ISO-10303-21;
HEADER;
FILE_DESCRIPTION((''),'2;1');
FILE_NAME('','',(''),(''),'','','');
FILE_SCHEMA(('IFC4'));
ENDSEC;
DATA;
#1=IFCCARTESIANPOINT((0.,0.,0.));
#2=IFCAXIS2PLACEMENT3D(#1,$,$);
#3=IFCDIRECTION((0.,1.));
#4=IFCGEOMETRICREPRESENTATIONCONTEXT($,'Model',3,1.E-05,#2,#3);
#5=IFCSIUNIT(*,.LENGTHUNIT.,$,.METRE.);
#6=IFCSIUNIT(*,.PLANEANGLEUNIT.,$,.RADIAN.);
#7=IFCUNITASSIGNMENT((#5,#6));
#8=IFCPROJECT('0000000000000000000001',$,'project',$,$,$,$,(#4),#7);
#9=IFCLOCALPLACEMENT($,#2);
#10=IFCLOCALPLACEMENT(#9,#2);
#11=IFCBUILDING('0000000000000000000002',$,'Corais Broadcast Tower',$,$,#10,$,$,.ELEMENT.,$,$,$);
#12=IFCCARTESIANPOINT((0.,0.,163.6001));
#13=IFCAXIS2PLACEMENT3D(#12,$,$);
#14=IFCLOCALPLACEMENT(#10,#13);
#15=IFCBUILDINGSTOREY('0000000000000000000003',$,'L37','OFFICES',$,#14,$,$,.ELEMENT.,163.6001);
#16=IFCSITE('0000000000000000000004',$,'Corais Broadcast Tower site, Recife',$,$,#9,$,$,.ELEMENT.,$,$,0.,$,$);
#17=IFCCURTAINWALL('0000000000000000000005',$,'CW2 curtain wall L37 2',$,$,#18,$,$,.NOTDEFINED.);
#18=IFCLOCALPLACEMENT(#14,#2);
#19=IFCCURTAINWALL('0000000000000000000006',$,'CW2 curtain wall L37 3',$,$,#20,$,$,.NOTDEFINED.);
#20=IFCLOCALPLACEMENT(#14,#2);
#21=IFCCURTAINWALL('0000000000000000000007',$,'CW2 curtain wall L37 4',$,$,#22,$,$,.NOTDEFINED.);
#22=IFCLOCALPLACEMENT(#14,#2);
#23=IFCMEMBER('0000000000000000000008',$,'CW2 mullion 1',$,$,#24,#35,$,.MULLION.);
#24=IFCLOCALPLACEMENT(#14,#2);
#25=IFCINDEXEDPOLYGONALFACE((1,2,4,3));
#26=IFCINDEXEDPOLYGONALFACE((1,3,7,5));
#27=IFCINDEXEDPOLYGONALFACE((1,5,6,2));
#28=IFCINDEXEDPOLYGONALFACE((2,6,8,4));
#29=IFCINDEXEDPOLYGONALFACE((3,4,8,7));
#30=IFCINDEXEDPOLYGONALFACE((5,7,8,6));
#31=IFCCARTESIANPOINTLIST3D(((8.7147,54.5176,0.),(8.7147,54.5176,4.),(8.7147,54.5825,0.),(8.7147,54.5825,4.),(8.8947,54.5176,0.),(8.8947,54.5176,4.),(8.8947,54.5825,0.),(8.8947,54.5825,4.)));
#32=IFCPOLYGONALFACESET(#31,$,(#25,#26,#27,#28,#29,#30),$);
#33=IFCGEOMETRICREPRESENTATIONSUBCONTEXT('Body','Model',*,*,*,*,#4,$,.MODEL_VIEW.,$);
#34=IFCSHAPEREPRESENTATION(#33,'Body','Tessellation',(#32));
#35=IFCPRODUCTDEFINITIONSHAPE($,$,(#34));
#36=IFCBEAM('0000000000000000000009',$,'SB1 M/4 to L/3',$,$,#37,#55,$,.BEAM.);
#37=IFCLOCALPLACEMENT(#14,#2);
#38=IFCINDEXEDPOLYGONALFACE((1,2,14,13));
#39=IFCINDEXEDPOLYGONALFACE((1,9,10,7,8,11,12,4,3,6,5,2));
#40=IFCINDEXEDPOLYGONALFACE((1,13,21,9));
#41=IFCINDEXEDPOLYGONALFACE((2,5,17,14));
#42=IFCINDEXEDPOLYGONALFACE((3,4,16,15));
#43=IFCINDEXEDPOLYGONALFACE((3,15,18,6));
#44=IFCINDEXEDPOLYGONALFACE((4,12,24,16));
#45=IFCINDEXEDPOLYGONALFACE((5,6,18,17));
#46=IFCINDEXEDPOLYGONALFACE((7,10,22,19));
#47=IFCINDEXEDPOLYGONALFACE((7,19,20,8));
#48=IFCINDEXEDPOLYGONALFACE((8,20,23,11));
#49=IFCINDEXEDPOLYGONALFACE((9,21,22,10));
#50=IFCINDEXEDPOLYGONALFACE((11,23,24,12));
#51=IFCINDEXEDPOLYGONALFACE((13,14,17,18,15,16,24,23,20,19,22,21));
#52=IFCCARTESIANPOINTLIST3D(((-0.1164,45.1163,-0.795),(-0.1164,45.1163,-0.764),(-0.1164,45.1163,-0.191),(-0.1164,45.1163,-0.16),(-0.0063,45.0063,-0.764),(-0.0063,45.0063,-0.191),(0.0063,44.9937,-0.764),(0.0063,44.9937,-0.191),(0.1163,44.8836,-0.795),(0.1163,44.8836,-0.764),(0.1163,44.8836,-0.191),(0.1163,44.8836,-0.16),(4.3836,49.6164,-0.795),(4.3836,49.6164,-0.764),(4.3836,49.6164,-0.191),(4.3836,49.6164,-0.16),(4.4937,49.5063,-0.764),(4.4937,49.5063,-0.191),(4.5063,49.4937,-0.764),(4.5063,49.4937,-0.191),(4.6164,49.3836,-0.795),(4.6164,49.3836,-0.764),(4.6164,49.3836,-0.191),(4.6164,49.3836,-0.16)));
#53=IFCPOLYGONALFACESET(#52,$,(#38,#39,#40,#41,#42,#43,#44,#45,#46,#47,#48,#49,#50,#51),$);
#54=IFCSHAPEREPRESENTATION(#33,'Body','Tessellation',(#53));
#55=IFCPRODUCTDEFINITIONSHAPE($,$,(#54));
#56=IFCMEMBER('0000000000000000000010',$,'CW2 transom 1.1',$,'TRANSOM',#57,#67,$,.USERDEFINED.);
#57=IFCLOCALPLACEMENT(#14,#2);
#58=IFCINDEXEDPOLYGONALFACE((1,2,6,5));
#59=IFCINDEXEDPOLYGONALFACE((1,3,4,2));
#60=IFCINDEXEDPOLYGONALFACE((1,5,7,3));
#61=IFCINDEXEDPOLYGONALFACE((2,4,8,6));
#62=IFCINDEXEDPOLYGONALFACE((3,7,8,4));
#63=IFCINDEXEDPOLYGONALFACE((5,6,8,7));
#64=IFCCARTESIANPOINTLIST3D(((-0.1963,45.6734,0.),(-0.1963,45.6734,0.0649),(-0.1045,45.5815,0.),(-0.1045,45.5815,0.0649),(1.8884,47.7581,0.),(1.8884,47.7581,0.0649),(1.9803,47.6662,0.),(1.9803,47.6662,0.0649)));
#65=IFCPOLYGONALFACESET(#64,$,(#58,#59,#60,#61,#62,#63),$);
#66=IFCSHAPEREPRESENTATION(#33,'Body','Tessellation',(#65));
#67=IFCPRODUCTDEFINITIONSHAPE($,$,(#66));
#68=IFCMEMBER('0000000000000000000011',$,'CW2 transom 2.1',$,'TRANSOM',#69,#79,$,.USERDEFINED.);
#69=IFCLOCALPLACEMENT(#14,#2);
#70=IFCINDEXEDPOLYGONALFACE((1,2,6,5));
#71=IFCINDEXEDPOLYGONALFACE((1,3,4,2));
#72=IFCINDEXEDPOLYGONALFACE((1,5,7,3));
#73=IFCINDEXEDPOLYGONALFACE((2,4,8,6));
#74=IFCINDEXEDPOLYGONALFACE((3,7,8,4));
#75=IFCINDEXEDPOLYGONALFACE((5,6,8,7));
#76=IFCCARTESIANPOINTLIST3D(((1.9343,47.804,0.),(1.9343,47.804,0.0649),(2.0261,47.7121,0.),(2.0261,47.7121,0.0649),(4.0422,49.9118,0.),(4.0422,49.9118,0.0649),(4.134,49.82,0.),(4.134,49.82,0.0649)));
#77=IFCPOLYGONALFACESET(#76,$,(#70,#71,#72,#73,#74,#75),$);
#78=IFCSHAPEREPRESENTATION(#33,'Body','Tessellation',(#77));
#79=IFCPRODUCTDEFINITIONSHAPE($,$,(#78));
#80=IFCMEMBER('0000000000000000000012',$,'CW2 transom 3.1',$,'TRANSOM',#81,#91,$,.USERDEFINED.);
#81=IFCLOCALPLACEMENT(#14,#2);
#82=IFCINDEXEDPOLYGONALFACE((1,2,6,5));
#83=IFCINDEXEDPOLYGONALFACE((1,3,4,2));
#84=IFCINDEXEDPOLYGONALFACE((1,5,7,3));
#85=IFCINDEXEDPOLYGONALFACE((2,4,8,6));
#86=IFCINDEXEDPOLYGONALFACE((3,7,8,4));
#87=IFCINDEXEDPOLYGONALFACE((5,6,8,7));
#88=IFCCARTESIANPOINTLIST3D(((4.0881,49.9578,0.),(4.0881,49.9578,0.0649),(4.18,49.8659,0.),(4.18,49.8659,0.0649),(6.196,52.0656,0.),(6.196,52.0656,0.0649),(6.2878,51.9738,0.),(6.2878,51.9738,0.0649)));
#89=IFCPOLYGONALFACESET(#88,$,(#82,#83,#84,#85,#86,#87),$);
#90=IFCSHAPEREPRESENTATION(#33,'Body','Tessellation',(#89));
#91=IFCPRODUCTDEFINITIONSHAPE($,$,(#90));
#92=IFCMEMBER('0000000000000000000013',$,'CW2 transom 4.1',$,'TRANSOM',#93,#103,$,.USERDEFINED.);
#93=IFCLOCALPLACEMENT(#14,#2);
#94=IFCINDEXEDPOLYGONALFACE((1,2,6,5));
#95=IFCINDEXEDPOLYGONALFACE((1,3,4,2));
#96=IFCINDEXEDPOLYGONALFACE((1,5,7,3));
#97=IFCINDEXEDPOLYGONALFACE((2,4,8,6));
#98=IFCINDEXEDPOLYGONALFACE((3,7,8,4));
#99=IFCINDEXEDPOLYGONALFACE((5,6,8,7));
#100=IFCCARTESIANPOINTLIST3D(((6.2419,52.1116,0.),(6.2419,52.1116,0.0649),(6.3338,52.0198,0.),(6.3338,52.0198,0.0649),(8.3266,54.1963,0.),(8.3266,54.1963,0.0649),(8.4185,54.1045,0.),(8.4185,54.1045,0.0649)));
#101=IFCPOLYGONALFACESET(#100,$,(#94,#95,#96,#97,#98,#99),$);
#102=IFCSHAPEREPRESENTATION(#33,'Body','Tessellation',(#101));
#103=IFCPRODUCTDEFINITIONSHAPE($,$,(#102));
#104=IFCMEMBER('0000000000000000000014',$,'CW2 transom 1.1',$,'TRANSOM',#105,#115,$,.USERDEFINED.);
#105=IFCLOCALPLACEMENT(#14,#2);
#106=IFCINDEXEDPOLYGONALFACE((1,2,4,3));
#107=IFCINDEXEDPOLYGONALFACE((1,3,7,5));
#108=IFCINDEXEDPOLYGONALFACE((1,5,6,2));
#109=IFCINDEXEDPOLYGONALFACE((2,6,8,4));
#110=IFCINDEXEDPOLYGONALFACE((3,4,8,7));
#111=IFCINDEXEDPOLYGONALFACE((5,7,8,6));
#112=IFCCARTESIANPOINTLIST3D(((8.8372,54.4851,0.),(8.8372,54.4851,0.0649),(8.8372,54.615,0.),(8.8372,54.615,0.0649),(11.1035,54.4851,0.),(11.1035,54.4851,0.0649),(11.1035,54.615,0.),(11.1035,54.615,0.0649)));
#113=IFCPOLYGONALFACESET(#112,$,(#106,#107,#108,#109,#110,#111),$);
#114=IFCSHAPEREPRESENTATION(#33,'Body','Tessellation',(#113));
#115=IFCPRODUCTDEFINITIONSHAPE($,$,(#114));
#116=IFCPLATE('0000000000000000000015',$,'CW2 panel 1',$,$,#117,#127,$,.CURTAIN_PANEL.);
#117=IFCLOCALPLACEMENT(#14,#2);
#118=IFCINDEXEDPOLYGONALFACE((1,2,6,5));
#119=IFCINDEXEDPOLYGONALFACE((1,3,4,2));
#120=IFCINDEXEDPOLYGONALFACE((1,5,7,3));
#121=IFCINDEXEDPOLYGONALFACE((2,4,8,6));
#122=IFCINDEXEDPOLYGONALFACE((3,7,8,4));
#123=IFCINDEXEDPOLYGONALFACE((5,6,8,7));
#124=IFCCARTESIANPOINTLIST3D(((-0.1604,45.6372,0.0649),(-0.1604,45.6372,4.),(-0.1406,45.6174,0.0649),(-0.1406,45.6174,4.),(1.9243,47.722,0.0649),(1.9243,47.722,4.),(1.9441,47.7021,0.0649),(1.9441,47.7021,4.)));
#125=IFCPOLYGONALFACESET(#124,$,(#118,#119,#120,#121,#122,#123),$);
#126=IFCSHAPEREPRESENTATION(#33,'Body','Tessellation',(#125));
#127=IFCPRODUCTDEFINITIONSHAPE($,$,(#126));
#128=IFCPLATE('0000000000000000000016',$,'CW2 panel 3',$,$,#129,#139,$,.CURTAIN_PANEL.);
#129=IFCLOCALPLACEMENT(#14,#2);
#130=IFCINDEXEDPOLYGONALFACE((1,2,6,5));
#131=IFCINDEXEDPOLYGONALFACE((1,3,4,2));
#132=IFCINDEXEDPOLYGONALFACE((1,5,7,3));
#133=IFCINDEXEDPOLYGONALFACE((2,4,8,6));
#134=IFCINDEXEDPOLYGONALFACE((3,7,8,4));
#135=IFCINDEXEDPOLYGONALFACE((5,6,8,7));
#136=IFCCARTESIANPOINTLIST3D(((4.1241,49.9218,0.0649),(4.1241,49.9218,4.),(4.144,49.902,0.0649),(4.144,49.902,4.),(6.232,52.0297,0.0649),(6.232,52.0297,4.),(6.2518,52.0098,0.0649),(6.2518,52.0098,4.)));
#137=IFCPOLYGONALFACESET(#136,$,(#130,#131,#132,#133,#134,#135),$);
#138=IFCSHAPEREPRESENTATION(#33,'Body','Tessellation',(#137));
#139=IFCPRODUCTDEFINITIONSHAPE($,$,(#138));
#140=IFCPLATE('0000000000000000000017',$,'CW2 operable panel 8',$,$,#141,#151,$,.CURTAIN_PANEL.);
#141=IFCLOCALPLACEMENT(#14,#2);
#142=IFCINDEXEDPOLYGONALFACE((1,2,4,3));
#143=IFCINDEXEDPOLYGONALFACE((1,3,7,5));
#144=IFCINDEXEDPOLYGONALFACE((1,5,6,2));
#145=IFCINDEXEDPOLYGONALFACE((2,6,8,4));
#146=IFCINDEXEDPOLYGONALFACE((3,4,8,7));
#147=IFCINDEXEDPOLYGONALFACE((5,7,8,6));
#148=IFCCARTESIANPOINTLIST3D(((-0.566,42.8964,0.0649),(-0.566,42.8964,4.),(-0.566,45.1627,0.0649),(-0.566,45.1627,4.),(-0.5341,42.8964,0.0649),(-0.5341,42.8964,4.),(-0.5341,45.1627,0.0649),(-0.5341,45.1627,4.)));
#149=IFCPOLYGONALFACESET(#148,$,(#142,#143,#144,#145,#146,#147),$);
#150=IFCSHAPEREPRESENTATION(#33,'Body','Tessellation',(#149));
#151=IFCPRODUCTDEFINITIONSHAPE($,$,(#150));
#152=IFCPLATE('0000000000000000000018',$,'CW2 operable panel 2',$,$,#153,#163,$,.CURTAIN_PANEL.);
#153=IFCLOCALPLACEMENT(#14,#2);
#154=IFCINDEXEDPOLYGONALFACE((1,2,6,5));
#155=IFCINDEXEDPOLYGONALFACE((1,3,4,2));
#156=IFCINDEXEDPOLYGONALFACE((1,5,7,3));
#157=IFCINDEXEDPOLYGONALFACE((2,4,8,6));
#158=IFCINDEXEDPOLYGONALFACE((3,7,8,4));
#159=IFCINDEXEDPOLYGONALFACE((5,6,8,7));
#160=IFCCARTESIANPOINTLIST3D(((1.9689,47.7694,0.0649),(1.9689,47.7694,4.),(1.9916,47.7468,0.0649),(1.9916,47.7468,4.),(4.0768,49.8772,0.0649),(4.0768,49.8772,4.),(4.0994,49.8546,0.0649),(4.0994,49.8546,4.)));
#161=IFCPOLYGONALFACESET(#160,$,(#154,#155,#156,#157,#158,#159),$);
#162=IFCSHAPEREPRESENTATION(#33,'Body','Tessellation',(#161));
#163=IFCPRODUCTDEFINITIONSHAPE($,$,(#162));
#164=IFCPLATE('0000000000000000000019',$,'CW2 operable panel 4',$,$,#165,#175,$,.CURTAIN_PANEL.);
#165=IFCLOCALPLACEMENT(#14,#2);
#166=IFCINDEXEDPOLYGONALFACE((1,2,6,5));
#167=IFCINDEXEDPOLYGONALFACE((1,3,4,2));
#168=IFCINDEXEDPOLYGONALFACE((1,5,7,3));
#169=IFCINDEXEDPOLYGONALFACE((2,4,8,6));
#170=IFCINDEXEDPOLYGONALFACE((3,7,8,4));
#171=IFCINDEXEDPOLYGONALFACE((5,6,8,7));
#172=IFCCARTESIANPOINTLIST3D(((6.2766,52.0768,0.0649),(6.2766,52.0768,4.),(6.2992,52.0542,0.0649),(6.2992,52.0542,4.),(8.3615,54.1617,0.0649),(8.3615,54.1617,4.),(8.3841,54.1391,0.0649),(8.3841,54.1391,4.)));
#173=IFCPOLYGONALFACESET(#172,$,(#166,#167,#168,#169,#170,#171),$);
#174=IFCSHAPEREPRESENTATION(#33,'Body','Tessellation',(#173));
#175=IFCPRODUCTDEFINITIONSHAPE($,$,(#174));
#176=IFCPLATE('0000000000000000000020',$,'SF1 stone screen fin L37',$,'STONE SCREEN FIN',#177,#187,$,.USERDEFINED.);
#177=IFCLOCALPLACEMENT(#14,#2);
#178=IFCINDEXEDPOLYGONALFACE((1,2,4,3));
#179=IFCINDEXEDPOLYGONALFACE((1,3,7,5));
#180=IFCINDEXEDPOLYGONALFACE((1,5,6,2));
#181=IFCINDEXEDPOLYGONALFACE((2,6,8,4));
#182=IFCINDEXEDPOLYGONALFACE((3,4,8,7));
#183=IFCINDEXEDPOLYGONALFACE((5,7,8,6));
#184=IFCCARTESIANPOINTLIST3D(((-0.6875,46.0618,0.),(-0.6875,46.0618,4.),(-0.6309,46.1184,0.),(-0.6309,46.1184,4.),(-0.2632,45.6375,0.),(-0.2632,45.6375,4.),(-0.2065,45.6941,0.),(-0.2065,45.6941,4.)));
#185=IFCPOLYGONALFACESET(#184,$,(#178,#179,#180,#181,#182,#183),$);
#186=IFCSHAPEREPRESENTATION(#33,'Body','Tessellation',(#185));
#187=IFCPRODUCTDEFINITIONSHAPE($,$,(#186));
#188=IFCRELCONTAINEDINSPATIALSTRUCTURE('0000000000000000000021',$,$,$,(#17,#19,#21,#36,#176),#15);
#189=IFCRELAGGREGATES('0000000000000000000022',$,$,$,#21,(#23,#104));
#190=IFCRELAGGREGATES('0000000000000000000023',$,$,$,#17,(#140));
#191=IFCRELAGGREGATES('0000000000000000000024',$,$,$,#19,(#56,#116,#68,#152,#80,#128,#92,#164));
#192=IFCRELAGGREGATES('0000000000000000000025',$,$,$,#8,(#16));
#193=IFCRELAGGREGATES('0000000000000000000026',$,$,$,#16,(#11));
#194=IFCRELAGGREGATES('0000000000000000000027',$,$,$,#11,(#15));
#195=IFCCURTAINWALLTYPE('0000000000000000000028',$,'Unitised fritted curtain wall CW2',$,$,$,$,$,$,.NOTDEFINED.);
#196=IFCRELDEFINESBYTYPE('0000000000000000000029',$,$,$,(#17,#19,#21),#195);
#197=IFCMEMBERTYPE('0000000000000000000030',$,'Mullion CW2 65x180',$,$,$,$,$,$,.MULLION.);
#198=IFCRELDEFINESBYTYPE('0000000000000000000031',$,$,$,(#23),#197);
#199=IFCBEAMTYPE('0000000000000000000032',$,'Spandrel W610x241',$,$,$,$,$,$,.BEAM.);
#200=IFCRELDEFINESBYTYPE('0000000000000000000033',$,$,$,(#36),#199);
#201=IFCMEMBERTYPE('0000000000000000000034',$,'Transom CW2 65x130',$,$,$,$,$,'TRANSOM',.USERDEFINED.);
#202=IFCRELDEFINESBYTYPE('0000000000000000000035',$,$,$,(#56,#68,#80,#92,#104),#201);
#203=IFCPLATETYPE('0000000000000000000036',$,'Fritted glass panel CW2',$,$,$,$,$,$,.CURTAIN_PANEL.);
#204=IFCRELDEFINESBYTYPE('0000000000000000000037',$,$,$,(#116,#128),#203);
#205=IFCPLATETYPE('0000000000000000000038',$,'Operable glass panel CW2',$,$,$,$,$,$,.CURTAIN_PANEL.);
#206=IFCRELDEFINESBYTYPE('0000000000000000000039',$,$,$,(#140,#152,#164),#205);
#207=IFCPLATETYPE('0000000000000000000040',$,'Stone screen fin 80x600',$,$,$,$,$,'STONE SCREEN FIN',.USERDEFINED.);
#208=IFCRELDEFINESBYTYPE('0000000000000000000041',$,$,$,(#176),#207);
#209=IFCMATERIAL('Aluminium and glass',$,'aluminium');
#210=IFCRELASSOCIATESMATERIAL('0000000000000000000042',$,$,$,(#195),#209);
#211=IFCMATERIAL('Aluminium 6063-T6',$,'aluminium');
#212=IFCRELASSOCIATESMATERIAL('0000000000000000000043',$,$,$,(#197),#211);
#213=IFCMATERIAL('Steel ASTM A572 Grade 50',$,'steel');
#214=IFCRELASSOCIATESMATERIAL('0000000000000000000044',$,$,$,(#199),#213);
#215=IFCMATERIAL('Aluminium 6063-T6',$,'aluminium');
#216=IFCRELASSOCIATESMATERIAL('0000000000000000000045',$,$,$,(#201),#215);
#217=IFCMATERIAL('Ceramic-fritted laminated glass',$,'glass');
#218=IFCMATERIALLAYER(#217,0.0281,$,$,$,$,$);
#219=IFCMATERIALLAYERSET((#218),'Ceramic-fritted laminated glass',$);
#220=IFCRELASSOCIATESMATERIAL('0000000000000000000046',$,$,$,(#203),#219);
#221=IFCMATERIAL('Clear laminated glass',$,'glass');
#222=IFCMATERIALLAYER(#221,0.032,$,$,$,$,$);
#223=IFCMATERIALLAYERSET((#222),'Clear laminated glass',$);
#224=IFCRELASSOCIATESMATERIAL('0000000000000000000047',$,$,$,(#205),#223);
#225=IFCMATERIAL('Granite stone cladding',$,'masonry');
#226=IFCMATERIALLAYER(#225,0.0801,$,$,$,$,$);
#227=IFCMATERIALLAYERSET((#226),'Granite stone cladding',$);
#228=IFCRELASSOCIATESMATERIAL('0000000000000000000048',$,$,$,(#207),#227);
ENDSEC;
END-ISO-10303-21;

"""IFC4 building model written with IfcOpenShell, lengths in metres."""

from ifc_helpers import new_model, si_unit, direction, frame, origin, origin_2d, place, context, subcontext, project, spatial, rectangle, i_section, extrude, material, layer, layer_set, material_profile, profile_set, type_object, element, aggregate, save


model = new_model("IFC4")

# Units and contexts
model_context = context("Model", 3, precision=1e-05, world=origin(), true_north=direction((0.0, 1.0)))
body_context = subcontext(model_context, "Body", "Model", "MODEL_VIEW")
ifc_project = project(units=[si_unit("LENGTHUNIT", "METRE"), si_unit("PLANEANGLEUNIT", "RADIAN")], contexts=[model_context])

# Site, building, storey
site_placement = place(None, origin())
site = spatial("IfcSite", under=ifc_project, at=site_placement, Name="Corais Broadcast Tower site, Recife", CompositionType="ELEMENT", RefElevation=0.0)
building_placement = place(site_placement, origin())
building = spatial("IfcBuilding", under=site, at=building_placement, Name="Corais Broadcast Tower", CompositionType="ELEMENT")
storey_placement = place(building_placement, frame((0.0, 0.0, 163.6001)))
storey = spatial("IfcBuildingStorey", under=building, at=storey_placement, Name="L37", Description="OFFICES", CompositionType="ELEMENT", Elevation=163.6001)

# Curtain wall
ifc_material_1 = material(Name="Aluminium and glass", Category="aluminium")
curtain_wall_type = type_object("IfcCurtainWallType", Name="Unitised fritted curtain wall CW2", PredefinedType="NOTDEFINED", material=ifc_material_1)
curtain_wall_1_placement = place(storey_placement, origin())
curtain_wall_1 = element("IfcCurtainWall", 1, at=curtain_wall_1_placement, inside=storey, type_object=curtain_wall_type, Name="CW2 curtain wall L37 2", PredefinedType="NOTDEFINED")
ifc_material_2 = material(Name="Aluminium 6063-T6", Category="aluminium")
ifc_material_profile_1 = material_profile(ifc_material_2, rectangle(XDim=0.0649, YDim=0.1799, at=origin_2d()), Name="Mullion CW2 65x180")
ifc_profile_set_1 = profile_set([ifc_material_profile_1], Name="Aluminium 6063-T6")
member_type_1 = type_object("IfcMemberType", Name="Mullion CW2 65x180", PredefinedType="MULLION", material=ifc_profile_set_1)

# Curtain wall
curtain_wall_2_placement = place(storey_placement, origin())
curtain_wall_2 = element("IfcCurtainWall", 2, at=curtain_wall_2_placement, inside=storey, type_object=curtain_wall_type, Name="CW2 curtain wall L37 3", PredefinedType="NOTDEFINED")

# Curtain wall, member
curtain_wall_3_placement = place(storey_placement, origin())
curtain_wall_3 = element("IfcCurtainWall", 3, at=curtain_wall_3_placement, inside=storey, type_object=curtain_wall_type, Name="CW2 curtain wall L37 4", PredefinedType="NOTDEFINED")
member_1_placement = place(storey_placement, frame((8.8047, 54.55, 0.0), z_axis=(0.0, 0.0, 1.0), x_axis=(0.0, 1.0, 0.0)))
member_1 = element("IfcMember", 4, at=member_1_placement, type_object=member_type_1, Name="CW2 mullion 1", PredefinedType="MULLION", context=body_context, shape_type="SweptSolid", body=[
    extrude(rectangle(XDim=0.0649, YDim=0.1799, at=origin_2d()), origin(), (0.0, 0.0, 1.0), 4.0),
])

# Beam
ifc_material_3 = material(Name="Steel ASTM A572 Grade 50", Category="steel")
ifc_material_profile_2 = material_profile(ifc_material_3, i_section(OverallWidth=0.3291, OverallDepth=0.635, WebThickness=0.0178, FlangeThickness=0.031, at=origin_2d()), Name="W610x241")
ifc_profile_set_2 = profile_set([ifc_material_profile_2], Name="Steel ASTM A572 Grade 50")
beam_type_1 = type_object("IfcBeamType", Name="Spandrel W610x241", PredefinedType="BEAM", material=ifc_profile_set_2)
beam_1_placement = place(storey_placement, frame((4.5, 49.5, -0.4775), z_axis=(-0.707107, -0.707107, 0.0), x_axis=(0.707107, -0.707107, 0.0)))
element("IfcBeam", 5, at=beam_1_placement, inside=storey, type_object=beam_type_1, Name="SB1 M/4 to L/3", PredefinedType="BEAM", context=body_context, shape_type="SweptSolid", body=[
    extrude(i_section(OverallWidth=0.3291, OverallDepth=0.635, WebThickness=0.0178, FlangeThickness=0.031, at=origin_2d()), origin(), (0.0, 0.0, 1.0), 6.364),
])

# Members
ifc_material_4 = material(Name="Aluminium 6063-T6", Category="aluminium")
ifc_material_profile_3 = material_profile(ifc_material_4, rectangle(XDim=0.1299, YDim=0.0649, at=origin_2d()), Name="Transom CW2 65x130")
ifc_profile_set_3 = profile_set([ifc_material_profile_3], Name="Aluminium 6063-T6")
member_type_2 = type_object("IfcMemberType", Name="Transom CW2 65x130", ElementType="TRANSOM", PredefinedType="USERDEFINED", material=ifc_profile_set_3)
member_2_placement = place(storey_placement, frame((-0.1504, 45.6274, 0.0325), z_axis=(0.707107, 0.707107, 0.0), x_axis=(-0.707107, 0.707107, 0.0)))
member_2 = element("IfcMember", 6, at=member_2_placement, type_object=member_type_2, Name="CW2 transom 1.1", ObjectType="TRANSOM", PredefinedType="USERDEFINED", context=body_context, shape_type="SweptSolid", body=[
    extrude(rectangle(XDim=0.1299, YDim=0.0649, at=origin_2d()), origin(), (0.0, 0.0, 1.0), 2.9482),
])
member_3_placement = place(storey_placement, frame((1.9802, 47.7581, 0.0325), z_axis=(0.707107, 0.707107, 0.0), x_axis=(-0.707107, 0.707107, 0.0)))
member_3 = element("IfcMember", 7, at=member_3_placement, type_object=member_type_2, Name="CW2 transom 2.1", ObjectType="TRANSOM", PredefinedType="USERDEFINED", context=body_context, shape_type="SweptSolid", body=[
    extrude(rectangle(XDim=0.1299, YDim=0.0649, at=origin_2d()), origin(), (0.0, 0.0, 1.0), 2.981),
])
member_4_placement = place(storey_placement, frame((4.134, 49.9119, 0.0325), z_axis=(0.707107, 0.707107, 0.0), x_axis=(-0.707107, 0.707107, 0.0)))
member_4 = element("IfcMember", 8, at=member_4_placement, type_object=member_type_2, Name="CW2 transom 3.1", ObjectType="TRANSOM", PredefinedType="USERDEFINED", context=body_context, shape_type="SweptSolid", body=[
    extrude(rectangle(XDim=0.1299, YDim=0.0649, at=origin_2d()), origin(), (0.0, 0.0, 1.0), 2.981),
])
member_5_placement = place(storey_placement, frame((6.2878, 52.0657, 0.0325), z_axis=(0.707107, 0.707107, 0.0), x_axis=(-0.707107, 0.707107, 0.0)))
member_5 = element("IfcMember", 9, at=member_5_placement, type_object=member_type_2, Name="CW2 transom 4.1", ObjectType="TRANSOM", PredefinedType="USERDEFINED", context=body_context, shape_type="SweptSolid", body=[
    extrude(rectangle(XDim=0.1299, YDim=0.0649, at=origin_2d()), origin(), (0.0, 0.0, 1.0), 2.9482),
])
member_6_placement = place(storey_placement, frame((8.8372, 54.55, 0.0325), z_axis=(1.0, 0.0, 0.0), x_axis=(0.0, 1.0, 0.0)))
member_6 = element("IfcMember", 10, at=member_6_placement, type_object=member_type_2, Name="CW2 transom 1.1", ObjectType="TRANSOM", PredefinedType="USERDEFINED", context=body_context, shape_type="SweptSolid", body=[
    extrude(rectangle(XDim=0.1299, YDim=0.0649, at=origin_2d()), origin(), (0.0, 0.0, 1.0), 2.2664),
])
aggregate(curtain_wall_3, [member_1, member_6])

# Plates
ifc_material_5 = material(Name="Ceramic-fritted laminated glass", Category="glass")
ifc_layer_1 = layer(ifc_material_5, 0.0281)
ifc_layer_set_1 = layer_set([ifc_layer_1], Name="Ceramic-fritted laminated glass")
plate_type_1 = type_object("IfcPlateType", Name="Fritted glass panel CW2", PredefinedType="CURTAIN_PANEL", material=ifc_layer_set_1)
plate_1_placement = place(storey_placement, frame((0.8918, 46.6697, 0.0649), z_axis=(0.0, 0.0, 1.0), x_axis=(0.707107, 0.707107, 0.0)))
plate_1 = element("IfcPlate", 11, at=plate_1_placement, type_object=plate_type_1, Name="CW2 panel 1", PredefinedType="CURTAIN_PANEL", context=body_context, shape_type="SweptSolid", body=[
    extrude(rectangle(XDim=2.9482, YDim=0.0281, at=origin_2d()), origin(), (0.0, 0.0, 1.0), 3.9351),
])
plate_2_placement = place(storey_placement, frame((5.188, 50.9658, 0.0649), z_axis=(0.0, 0.0, 1.0), x_axis=(0.707107, 0.707107, 0.0)))
plate_2 = element("IfcPlate", 12, at=plate_2_placement, type_object=plate_type_1, Name="CW2 panel 3", PredefinedType="CURTAIN_PANEL", context=body_context, shape_type="SweptSolid", body=[
    extrude(rectangle(XDim=2.981, YDim=0.0281, at=origin_2d()), origin(), (0.0, 0.0, 1.0), 3.9351),
])
ifc_material_6 = material(Name="Clear laminated glass", Category="glass")
ifc_layer_2 = layer(ifc_material_6, 0.032)
ifc_layer_set_2 = layer_set([ifc_layer_2], Name="Clear laminated glass")
plate_type_2 = type_object("IfcPlateType", Name="Operable glass panel CW2", PredefinedType="CURTAIN_PANEL", material=ifc_layer_set_2)
plate_3_placement = place(storey_placement, frame((-0.55, 44.0295, 0.0649), z_axis=(0.0, 0.0, 1.0), x_axis=(0.0, 1.0, 0.0)))
plate_3 = element("IfcPlate", 13, at=plate_3_placement, type_object=plate_type_2, Name="CW2 operable panel 8", PredefinedType="CURTAIN_PANEL", context=body_context, shape_type="SweptSolid", body=[
    extrude(rectangle(XDim=2.2664, YDim=0.032, at=origin_2d()), origin(), (0.0, 0.0, 1.0), 3.9351),
])
aggregate(curtain_wall_1, [plate_3])
plate_4_placement = place(storey_placement, frame((3.0342, 48.812, 0.0649), z_axis=(0.0, 0.0, 1.0), x_axis=(0.707107, 0.707107, 0.0)))
plate_4 = element("IfcPlate", 14, at=plate_4_placement, type_object=plate_type_2, Name="CW2 operable panel 2", PredefinedType="CURTAIN_PANEL", context=body_context, shape_type="SweptSolid", body=[
    extrude(rectangle(XDim=2.981, YDim=0.032, at=origin_2d()), origin(), (0.0, 0.0, 1.0), 3.9351),
])
plate_5_placement = place(storey_placement, frame((7.3303, 53.1079, 0.0649), z_axis=(0.0, 0.0, 1.0), x_axis=(0.707107, 0.707107, 0.0)))
plate_5 = element("IfcPlate", 15, at=plate_5_placement, type_object=plate_type_2, Name="CW2 operable panel 4", PredefinedType="CURTAIN_PANEL", context=body_context, shape_type="SweptSolid", body=[
    extrude(rectangle(XDim=2.9485, YDim=0.032, at=origin_2d()), origin(), (0.0, 0.0, 1.0), 3.9351),
])
aggregate(curtain_wall_2, [member_2, plate_1, member_3, plate_4, member_4, plate_2, member_5, plate_5])

# Plate
ifc_material_7 = material(Name="Granite stone cladding", Category="masonry")
ifc_layer_3 = layer(ifc_material_7, 0.0801)
ifc_layer_set_3 = layer_set([ifc_layer_3], Name="Granite stone cladding")
plate_type_3 = type_object("IfcPlateType", Name="Stone screen fin 80x600", ElementType="STONE SCREEN FIN", PredefinedType="USERDEFINED", material=ifc_layer_set_3)
for number, where, z_axis, x_axis, name in (
    (16, (-0.447, 45.8779, 0.0), (0.0, 0.0, 1.0), (0.707107, 0.707107, 0.0), "SF1 stone screen fin L37"),
):
    element("IfcPlate", number, at=place(storey_placement, frame(where, z_axis=z_axis, x_axis=x_axis)), inside=storey, type_object=plate_type_3, Name=name, ObjectType="STONE SCREEN FIN", PredefinedType="USERDEFINED", context=body_context, shape_type="SweptSolid", body=[
        extrude(rectangle(XDim=0.0801, YDim=0.6001, at=origin_2d()), origin(), (0.0, 0.0, 1.0), 4.0),
    ])

save(model, "model.ifc")
